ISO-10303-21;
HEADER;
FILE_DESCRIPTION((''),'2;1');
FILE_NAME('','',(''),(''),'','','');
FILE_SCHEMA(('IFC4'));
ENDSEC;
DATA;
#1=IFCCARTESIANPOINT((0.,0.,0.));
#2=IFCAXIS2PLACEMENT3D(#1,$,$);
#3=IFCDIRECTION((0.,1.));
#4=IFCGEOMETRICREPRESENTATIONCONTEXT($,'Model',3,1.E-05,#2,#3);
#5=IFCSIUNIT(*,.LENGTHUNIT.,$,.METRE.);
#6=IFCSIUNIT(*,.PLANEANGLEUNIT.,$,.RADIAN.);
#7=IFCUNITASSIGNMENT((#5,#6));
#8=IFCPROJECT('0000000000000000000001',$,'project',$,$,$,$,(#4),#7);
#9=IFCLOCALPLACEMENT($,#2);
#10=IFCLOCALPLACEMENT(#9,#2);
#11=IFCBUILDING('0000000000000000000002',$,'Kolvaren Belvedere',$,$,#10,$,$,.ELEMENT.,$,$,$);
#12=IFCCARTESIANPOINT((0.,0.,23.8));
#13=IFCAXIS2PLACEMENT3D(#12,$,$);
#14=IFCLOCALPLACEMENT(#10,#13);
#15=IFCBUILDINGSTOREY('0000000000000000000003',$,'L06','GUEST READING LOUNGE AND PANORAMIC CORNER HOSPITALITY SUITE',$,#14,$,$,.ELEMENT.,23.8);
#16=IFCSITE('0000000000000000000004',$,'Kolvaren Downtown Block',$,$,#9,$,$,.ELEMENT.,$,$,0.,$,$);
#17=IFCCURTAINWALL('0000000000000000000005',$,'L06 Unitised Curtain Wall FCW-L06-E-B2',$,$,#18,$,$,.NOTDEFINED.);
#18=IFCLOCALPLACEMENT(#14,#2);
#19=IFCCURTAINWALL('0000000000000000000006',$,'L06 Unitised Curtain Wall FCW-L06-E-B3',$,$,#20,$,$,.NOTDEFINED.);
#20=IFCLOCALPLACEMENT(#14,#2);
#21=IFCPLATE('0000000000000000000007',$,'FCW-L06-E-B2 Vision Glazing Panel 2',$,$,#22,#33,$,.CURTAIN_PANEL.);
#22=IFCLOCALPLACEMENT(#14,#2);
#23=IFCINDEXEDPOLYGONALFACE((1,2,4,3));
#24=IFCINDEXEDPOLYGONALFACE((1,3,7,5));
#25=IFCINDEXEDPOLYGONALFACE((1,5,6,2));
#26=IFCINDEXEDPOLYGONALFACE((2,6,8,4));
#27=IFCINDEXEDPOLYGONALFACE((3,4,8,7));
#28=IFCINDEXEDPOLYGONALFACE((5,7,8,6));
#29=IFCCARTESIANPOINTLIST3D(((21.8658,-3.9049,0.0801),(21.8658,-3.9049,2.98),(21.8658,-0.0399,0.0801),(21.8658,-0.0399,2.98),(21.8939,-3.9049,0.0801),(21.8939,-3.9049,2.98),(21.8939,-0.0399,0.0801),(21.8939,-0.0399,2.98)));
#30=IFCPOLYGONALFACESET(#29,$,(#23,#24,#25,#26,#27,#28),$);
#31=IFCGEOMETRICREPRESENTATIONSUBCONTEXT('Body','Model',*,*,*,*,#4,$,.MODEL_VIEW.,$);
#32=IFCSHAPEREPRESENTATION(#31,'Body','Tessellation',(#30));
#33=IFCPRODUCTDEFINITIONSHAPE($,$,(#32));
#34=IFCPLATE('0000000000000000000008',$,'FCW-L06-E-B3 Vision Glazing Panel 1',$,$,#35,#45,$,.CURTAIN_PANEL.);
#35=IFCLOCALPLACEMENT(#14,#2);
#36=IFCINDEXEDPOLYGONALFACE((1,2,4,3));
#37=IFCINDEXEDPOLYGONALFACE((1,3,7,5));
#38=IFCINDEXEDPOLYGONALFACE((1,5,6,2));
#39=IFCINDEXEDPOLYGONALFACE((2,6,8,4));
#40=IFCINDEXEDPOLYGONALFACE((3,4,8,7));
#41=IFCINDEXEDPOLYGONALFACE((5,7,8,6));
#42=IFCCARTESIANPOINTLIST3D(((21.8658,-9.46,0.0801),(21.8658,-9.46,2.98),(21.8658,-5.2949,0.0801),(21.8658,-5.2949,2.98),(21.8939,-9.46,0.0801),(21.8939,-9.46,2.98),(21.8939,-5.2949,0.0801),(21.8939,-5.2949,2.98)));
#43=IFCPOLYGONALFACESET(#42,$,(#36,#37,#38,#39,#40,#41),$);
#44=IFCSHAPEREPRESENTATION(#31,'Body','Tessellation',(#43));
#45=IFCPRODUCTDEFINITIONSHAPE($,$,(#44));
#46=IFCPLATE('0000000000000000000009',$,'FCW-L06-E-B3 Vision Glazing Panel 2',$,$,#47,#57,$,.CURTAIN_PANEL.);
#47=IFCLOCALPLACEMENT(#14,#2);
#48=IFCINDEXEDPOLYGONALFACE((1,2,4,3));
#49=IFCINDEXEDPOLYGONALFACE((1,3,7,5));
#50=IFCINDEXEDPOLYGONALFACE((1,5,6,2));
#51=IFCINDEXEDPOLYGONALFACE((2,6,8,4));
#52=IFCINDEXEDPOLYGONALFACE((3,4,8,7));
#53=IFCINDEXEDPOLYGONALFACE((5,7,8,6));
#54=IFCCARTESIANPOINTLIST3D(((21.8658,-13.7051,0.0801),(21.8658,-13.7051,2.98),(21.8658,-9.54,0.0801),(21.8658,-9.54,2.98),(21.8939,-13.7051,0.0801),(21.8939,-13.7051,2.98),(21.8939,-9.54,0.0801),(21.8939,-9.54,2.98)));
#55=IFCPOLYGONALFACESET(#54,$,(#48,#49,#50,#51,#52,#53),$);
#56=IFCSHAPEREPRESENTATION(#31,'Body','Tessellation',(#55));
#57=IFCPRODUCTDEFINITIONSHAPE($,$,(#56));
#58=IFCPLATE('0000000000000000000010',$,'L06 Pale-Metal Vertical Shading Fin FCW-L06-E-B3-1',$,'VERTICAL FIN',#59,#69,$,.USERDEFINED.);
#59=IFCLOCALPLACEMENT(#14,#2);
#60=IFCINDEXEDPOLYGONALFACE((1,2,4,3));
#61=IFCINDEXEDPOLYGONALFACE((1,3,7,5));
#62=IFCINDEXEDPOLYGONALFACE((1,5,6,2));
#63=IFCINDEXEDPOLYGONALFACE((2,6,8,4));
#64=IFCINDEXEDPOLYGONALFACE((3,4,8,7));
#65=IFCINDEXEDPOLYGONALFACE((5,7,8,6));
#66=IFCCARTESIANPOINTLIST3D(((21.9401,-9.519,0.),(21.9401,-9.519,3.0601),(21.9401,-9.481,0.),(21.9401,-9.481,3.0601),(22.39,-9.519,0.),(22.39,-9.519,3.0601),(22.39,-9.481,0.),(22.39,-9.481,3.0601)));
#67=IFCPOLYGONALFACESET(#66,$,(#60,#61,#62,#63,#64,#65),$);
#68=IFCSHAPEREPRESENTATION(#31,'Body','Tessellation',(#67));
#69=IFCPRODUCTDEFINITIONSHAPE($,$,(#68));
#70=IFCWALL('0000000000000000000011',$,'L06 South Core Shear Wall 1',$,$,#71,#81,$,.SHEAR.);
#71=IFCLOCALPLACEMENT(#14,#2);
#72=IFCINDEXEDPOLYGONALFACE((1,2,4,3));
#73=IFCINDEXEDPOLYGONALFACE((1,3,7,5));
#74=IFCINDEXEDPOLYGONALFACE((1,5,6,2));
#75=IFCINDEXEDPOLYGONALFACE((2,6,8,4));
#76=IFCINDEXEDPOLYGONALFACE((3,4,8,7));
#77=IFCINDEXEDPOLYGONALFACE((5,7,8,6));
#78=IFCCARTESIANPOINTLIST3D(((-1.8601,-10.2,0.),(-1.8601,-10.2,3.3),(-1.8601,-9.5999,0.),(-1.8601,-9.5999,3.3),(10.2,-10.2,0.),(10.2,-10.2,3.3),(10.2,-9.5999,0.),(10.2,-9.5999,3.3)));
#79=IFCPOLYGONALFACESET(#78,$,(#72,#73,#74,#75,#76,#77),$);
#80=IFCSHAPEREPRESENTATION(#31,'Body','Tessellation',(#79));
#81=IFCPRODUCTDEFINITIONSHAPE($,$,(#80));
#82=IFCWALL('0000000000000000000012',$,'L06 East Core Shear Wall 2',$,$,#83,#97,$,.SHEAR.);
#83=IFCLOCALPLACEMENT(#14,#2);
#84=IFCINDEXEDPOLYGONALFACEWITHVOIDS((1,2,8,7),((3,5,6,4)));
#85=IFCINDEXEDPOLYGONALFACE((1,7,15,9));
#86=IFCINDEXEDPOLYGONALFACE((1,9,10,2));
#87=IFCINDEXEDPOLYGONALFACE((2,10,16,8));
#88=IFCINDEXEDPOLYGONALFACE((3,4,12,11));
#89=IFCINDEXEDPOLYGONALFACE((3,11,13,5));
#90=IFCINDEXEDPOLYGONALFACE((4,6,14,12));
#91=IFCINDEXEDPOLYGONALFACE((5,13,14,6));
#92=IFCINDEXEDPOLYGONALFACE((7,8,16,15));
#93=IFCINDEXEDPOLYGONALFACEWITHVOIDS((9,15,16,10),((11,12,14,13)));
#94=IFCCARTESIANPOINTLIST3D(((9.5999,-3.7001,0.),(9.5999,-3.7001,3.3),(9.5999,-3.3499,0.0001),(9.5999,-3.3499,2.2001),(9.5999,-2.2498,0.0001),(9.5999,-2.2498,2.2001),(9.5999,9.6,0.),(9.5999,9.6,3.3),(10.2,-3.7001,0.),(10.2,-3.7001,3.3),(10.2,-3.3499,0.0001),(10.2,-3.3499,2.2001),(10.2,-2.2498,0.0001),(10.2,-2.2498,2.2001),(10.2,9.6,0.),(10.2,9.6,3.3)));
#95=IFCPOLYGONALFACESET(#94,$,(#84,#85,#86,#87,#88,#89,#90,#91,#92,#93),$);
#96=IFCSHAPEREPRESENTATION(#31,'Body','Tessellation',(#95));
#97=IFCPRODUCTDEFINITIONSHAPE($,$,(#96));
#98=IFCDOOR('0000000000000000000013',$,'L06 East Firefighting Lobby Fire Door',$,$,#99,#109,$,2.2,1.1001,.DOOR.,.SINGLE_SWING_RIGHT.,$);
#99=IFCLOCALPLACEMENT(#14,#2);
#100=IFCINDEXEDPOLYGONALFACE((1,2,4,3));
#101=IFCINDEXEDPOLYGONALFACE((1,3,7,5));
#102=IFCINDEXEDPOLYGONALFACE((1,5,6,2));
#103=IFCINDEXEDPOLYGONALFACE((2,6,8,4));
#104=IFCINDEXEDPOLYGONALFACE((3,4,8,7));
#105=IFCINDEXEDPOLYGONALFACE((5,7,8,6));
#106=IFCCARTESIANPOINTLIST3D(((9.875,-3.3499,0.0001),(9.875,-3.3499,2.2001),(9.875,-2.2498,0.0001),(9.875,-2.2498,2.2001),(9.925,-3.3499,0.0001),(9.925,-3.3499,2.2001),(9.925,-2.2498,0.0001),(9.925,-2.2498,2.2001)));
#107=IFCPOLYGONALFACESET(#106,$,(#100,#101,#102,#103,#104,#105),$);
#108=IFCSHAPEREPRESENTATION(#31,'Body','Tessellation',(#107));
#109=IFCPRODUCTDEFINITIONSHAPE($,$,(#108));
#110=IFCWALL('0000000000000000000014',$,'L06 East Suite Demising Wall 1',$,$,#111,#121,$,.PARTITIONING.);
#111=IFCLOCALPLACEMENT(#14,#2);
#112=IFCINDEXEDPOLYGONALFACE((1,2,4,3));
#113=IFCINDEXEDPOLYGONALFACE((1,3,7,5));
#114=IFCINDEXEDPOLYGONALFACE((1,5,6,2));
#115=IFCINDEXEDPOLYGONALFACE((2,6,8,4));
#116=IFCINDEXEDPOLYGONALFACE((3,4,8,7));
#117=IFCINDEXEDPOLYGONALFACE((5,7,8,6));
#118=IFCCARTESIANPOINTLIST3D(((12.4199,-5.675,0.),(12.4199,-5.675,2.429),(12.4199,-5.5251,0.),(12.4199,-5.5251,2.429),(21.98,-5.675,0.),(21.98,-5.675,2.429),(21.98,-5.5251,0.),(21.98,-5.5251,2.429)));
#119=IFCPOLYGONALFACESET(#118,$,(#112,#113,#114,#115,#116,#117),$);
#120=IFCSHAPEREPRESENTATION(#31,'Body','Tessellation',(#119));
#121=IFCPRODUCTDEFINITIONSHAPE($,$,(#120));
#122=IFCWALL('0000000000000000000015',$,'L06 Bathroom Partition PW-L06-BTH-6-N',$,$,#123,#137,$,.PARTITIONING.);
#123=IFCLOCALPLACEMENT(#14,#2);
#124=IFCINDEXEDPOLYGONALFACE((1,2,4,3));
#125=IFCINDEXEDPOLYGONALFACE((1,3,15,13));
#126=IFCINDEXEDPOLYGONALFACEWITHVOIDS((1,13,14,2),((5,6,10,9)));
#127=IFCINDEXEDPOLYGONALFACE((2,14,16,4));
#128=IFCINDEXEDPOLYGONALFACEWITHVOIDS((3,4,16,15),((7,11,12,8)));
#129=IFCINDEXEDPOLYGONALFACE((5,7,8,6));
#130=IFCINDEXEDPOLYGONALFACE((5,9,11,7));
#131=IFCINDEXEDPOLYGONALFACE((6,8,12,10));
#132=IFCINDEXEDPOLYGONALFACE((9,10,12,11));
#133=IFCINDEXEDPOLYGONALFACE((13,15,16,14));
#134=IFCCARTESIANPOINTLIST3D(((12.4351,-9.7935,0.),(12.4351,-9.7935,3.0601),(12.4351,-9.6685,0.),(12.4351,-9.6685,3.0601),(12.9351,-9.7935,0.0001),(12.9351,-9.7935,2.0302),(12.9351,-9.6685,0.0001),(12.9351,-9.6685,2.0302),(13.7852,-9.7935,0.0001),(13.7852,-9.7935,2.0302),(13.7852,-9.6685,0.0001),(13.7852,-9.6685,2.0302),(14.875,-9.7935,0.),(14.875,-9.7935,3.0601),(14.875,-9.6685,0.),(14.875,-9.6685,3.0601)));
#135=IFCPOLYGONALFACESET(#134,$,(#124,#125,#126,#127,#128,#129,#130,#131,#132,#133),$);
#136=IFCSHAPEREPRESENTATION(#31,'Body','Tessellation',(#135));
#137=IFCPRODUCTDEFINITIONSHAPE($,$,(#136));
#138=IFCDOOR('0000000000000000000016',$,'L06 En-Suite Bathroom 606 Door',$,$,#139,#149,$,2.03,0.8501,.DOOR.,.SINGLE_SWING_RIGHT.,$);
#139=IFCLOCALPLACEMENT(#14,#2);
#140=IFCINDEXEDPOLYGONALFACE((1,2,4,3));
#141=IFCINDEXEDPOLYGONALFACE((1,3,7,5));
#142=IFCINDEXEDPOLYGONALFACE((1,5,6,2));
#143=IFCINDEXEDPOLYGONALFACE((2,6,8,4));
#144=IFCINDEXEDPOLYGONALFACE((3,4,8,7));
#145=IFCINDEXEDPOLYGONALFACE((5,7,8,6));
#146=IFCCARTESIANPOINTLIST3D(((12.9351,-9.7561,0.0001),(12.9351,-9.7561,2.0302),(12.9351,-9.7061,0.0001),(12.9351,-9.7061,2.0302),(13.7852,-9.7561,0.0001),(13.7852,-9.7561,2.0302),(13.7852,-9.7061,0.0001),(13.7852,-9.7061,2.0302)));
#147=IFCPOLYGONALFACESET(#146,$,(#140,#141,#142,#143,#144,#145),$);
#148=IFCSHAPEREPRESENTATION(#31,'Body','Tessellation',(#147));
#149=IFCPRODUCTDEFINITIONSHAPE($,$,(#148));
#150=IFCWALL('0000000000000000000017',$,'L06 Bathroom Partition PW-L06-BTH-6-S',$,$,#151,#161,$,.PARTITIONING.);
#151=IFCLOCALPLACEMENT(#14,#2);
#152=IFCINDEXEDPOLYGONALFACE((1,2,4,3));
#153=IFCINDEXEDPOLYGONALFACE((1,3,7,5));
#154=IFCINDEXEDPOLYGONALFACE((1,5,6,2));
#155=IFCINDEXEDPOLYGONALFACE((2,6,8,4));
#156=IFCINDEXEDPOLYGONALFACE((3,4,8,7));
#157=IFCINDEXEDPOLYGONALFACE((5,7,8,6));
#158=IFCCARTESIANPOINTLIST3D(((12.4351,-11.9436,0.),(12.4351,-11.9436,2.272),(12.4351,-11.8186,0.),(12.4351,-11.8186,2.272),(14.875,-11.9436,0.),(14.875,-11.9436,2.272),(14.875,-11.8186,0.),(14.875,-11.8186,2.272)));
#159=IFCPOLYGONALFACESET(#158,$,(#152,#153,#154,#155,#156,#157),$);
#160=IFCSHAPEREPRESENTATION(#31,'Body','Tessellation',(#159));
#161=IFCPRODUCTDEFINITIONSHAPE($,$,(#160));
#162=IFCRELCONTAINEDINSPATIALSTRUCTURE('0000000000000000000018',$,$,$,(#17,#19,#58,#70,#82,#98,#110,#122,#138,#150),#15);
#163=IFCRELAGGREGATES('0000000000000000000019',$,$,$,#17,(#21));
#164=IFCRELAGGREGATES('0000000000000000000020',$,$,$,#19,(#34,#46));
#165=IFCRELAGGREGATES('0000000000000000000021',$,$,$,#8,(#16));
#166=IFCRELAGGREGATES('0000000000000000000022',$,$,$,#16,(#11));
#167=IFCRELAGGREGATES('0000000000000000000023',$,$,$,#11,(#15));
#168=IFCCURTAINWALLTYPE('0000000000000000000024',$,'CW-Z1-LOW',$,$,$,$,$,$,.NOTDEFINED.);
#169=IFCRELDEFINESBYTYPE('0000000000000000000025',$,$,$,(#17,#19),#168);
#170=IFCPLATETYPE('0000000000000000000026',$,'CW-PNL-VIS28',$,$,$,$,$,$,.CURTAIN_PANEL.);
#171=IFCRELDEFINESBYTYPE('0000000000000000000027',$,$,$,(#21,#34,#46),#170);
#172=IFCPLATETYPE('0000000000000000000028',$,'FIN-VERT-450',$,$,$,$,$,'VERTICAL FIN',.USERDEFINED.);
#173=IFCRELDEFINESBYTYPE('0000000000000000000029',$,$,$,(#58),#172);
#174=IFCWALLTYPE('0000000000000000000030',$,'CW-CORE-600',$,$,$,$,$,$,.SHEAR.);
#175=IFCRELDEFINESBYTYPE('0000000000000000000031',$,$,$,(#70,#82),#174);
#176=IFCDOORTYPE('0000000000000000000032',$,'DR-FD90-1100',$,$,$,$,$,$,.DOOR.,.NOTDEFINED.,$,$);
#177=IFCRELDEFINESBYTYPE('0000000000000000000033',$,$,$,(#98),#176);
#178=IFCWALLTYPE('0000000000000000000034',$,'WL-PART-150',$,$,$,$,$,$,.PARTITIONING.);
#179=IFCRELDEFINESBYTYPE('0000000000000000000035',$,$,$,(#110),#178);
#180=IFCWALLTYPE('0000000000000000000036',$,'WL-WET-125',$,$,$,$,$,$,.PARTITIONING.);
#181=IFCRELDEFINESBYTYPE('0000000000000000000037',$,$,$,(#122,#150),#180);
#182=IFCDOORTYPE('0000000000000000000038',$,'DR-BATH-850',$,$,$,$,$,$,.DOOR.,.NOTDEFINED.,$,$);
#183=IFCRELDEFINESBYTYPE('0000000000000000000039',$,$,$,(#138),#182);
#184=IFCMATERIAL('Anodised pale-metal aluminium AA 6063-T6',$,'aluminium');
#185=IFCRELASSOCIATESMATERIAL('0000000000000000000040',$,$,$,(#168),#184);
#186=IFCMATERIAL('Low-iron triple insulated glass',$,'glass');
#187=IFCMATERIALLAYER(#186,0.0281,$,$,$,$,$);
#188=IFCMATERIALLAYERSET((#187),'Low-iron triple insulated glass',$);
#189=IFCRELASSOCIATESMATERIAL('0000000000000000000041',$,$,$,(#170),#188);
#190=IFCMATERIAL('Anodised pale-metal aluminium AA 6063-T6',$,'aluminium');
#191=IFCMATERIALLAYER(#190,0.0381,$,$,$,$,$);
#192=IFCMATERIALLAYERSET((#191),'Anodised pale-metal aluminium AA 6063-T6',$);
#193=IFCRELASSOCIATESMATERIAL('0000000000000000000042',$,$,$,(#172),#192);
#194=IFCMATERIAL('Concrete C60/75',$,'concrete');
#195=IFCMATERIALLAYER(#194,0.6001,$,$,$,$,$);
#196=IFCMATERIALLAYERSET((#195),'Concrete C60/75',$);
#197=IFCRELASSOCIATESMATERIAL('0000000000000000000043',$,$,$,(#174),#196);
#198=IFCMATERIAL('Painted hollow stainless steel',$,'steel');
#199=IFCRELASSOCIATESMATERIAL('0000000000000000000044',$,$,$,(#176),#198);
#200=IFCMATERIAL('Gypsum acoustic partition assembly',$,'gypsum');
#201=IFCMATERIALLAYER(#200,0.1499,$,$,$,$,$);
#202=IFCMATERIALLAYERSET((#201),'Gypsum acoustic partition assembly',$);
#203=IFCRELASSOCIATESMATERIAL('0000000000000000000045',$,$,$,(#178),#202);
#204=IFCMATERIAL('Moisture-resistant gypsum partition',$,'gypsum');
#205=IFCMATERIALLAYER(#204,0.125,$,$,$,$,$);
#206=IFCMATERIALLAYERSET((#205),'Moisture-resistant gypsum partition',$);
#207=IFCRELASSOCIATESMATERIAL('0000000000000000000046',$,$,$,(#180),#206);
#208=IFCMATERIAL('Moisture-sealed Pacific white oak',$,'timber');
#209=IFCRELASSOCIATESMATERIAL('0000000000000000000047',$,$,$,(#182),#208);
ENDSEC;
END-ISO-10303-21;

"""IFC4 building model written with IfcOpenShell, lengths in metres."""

from ifc_helpers import new_model, si_unit, direction, frame, frame_2d, origin, origin_2d, place, context, subcontext, project, spatial, rectangle, extrude, material, layer, layer_set, type_object, element, fill, aggregate, save


model = new_model("IFC4")

# Units and contexts
model_context = context("Model", 3, precision=1e-05, world=origin(), true_north=direction((0.0, 1.0)))
body_context = subcontext(model_context, "Body", "Model", "MODEL_VIEW")
ifc_project = project(units=[si_unit("LENGTHUNIT", "METRE"), si_unit("PLANEANGLEUNIT", "RADIAN")], contexts=[model_context])

# Site, building, storey
site_placement = place(None, origin())
site = spatial("IfcSite", under=ifc_project, at=site_placement, Name="Kolvaren Downtown Block", CompositionType="ELEMENT", RefElevation=0.0)
building_placement = place(site_placement, origin())
building = spatial("IfcBuilding", under=site, at=building_placement, Name="Kolvaren Belvedere", CompositionType="ELEMENT")
storey_placement = place(building_placement, frame((0.0, 0.0, 23.8)))
storey = spatial("IfcBuildingStorey", under=building, at=storey_placement, Name="L06", Description="GUEST READING LOUNGE AND PANORAMIC CORNER HOSPITALITY SUITE", CompositionType="ELEMENT", Elevation=23.8)

# Curtain wall
ifc_material_1 = material(Name="Anodised pale-metal aluminium AA 6063-T6", Category="aluminium")
curtain_wall_type = type_object("IfcCurtainWallType", Name="CW-Z1-LOW", PredefinedType="NOTDEFINED", material=ifc_material_1)
curtain_wall_1_placement = place(storey_placement, origin())
curtain_wall_1 = element("IfcCurtainWall", 1, at=curtain_wall_1_placement, inside=storey, type_object=curtain_wall_type, Name="L06 Unitised Curtain Wall FCW-L06-E-B2", PredefinedType="NOTDEFINED")

# Curtain wall
curtain_wall_2_placement = place(storey_placement, origin())
curtain_wall_2 = element("IfcCurtainWall", 2, at=curtain_wall_2_placement, inside=storey, type_object=curtain_wall_type, Name="L06 Unitised Curtain Wall FCW-L06-E-B3", PredefinedType="NOTDEFINED")

# Plates
ifc_material_2 = material(Name="Low-iron triple insulated glass", Category="glass")
ifc_layer_1 = layer(ifc_material_2, 0.0281)
ifc_layer_set_1 = layer_set([ifc_layer_1], Name="Low-iron triple insulated glass")
plate_type_1 = type_object("IfcPlateType", Name="CW-PNL-VIS28", PredefinedType="CURTAIN_PANEL", material=ifc_layer_set_1)
plate_1_placement = place(storey_placement, frame((21.8799, -1.9724, 0.0801), z_axis=(0.0, 0.0, 1.0), x_axis=(0.0, -1.0, 0.0)))
plate_1 = element("IfcPlate", 3, at=plate_1_placement, type_object=plate_type_1, Name="FCW-L06-E-B2 Vision Glazing Panel 2", PredefinedType="CURTAIN_PANEL", context=body_context, shape_type="SweptSolid", body=[
    extrude(rectangle(XDim=3.865, YDim=0.0281, at=origin_2d()), origin(), (0.0, 0.0, 1.0), 2.8999),
])
aggregate(curtain_wall_1, [plate_1])
plate_2_placement = place(storey_placement, frame((21.8799, -7.3774, 0.0801), z_axis=(0.0, 0.0, 1.0), x_axis=(0.0, -1.0, 0.0)))
plate_2 = element("IfcPlate", 4, at=plate_2_placement, type_object=plate_type_1, Name="FCW-L06-E-B3 Vision Glazing Panel 1", PredefinedType="CURTAIN_PANEL", context=body_context, shape_type="SweptSolid", body=[
    extrude(rectangle(XDim=4.165, YDim=0.0281, at=origin_2d()), origin(), (0.0, 0.0, 1.0), 2.8999),
])
plate_3_placement = place(storey_placement, frame((21.8799, -11.6226, 0.0801), z_axis=(0.0, 0.0, 1.0), x_axis=(0.0, -1.0, 0.0)))
plate_3 = element("IfcPlate", 5, at=plate_3_placement, type_object=plate_type_1, Name="FCW-L06-E-B3 Vision Glazing Panel 2", PredefinedType="CURTAIN_PANEL", context=body_context, shape_type="SweptSolid", body=[
    extrude(rectangle(XDim=4.165, YDim=0.0281, at=origin_2d()), origin(), (0.0, 0.0, 1.0), 2.8999),
])
aggregate(curtain_wall_2, [plate_2, plate_3])
ifc_material_3 = material(Name="Anodised pale-metal aluminium AA 6063-T6", Category="aluminium")
ifc_layer_2 = layer(ifc_material_3, 0.0381)
ifc_layer_set_2 = layer_set([ifc_layer_2], Name="Anodised pale-metal aluminium AA 6063-T6")
plate_type_2 = type_object("IfcPlateType", Name="FIN-VERT-450", ElementType="VERTICAL FIN", PredefinedType="USERDEFINED", material=ifc_layer_set_2)
plate_4_placement = place(storey_placement, frame((22.165, -9.5, 0.0), z_axis=(0.0, 0.0, 1.0), x_axis=(1.0, 0.0, 0.0)))
element("IfcPlate", 6, at=plate_4_placement, inside=storey, type_object=plate_type_2, Name="L06 Pale-Metal Vertical Shading Fin FCW-L06-E-B3-1", ObjectType="VERTICAL FIN", PredefinedType="USERDEFINED", context=body_context, shape_type="SweptSolid", body=[
    extrude(rectangle(XDim=0.45, YDim=0.0381, at=origin_2d()), origin(), (0.0, 0.0, 1.0), 3.0601),
])

# Wall
ifc_material_4 = material(Name="Concrete C60/75", Category="concrete")
ifc_layer_3 = layer(ifc_material_4, 0.6001)
ifc_layer_set_3 = layer_set([ifc_layer_3], Name="Concrete C60/75")
wall_type_1 = type_object("IfcWallType", Name="CW-CORE-600", PredefinedType="SHEAR", material=ifc_layer_set_3)
wall_1_placement = place(storey_placement, frame((10.2, -9.8999, 0.0), z_axis=(0.0, 0.0, 1.0), x_axis=(-1.0, 0.0, 0.0)))
element("IfcWall", 7, at=wall_1_placement, inside=storey, type_object=wall_type_1, Name="L06 South Core Shear Wall 1", PredefinedType="SHEAR", context=body_context, shape_type="SweptSolid", body=[
    extrude(rectangle(XDim=12.0601, YDim=0.6001, at=frame_2d((6.03, 0.0))), origin(), (0.0, 0.0, 1.0), 3.3),
])

# Wall, opening, door
wall_2_placement = place(storey_placement, frame((9.8999, -3.7, 0.0), z_axis=(0.0, 0.0, 1.0), x_axis=(0.0, 1.0, 0.0)))
wall_2 = element("IfcWall", 8, at=wall_2_placement, inside=storey, type_object=wall_type_1, Name="L06 East Core Shear Wall 2", PredefinedType="SHEAR", context=body_context, shape_type="SweptSolid", body=[
    extrude(rectangle(XDim=13.3, YDim=0.6001, at=frame_2d((6.6499, 0.0))), origin(), (0.0, 0.0, 1.0), 3.3),
])
opening_1_placement = place(wall_2_placement, frame((0.3501, 0.0, 0.0)))
opening_1 = element("IfcOpeningElement", 9, at=opening_1_placement, cuts=wall_2, PredefinedType="OPENING", context=body_context, shape_type="SweptSolid", body=[
    extrude(rectangle(XDim=1.1001, YDim=2.2, at=frame_2d((0.55, 1.1001))), frame((0.0, 0.3101, 0.0), z_axis=(0.0, -1.0, 0.0), x_axis=(1.0, 0.0, 0.0)), (0.0, 0.0, 1.0), 0.6201),
])
ifc_material_5 = material(Name="Painted hollow stainless steel", Category="steel")
door_type_1 = type_object("IfcDoorType", Name="DR-FD90-1100", OperationType="NOTDEFINED", PredefinedType="DOOR", material=ifc_material_5)
door_1_placement = place(opening_1_placement, origin())
door_1 = element("IfcDoor", 10, at=door_1_placement, inside=storey, type_object=door_type_1, Name="L06 East Firefighting Lobby Fire Door", OperationType="SINGLE_SWING_RIGHT", OverallHeight=2.2, OverallWidth=1.1001, PredefinedType="DOOR", context=body_context, shape_type="SweptSolid", body=[
    extrude(rectangle(XDim=1.1001, YDim=2.2, at=frame_2d((0.55, 1.1001))), frame((0.0, 0.0249, 0.0), z_axis=(0.0, -1.0, 0.0), x_axis=(1.0, 0.0, 0.0)), (0.0, 0.0, 1.0), 0.05),
])
fill(opening_1, door_1)

# Wall
ifc_material_6 = material(Name="Gypsum acoustic partition assembly", Category="gypsum")
ifc_layer_4 = layer(ifc_material_6, 0.1499)
ifc_layer_set_4 = layer_set([ifc_layer_4], Name="Gypsum acoustic partition assembly")
wall_type_2 = type_object("IfcWallType", Name="WL-PART-150", PredefinedType="PARTITIONING", material=ifc_layer_set_4)
wall_3_placement = place(storey_placement, frame((12.4199, -5.6001, 0.0), z_axis=(0.0, 0.0, 1.0), x_axis=(1.0, 0.0, 0.0)))
element("IfcWall", 11, at=wall_3_placement, inside=storey, type_object=wall_type_2, Name="L06 East Suite Demising Wall 1", PredefinedType="PARTITIONING", context=body_context, shape_type="SweptSolid", body=[
    extrude(rectangle(XDim=9.5601, YDim=0.1499, at=frame_2d((4.78, 0.0))), origin(), (0.0, 0.0, 1.0), 2.429),
])

# Wall, opening, door
ifc_material_7 = material(Name="Moisture-resistant gypsum partition", Category="gypsum")
ifc_layer_5 = layer(ifc_material_7, 0.125)
ifc_layer_set_5 = layer_set([ifc_layer_5], Name="Moisture-resistant gypsum partition")
wall_type_3 = type_object("IfcWallType", Name="WL-WET-125", PredefinedType="PARTITIONING", material=ifc_layer_set_5)
wall_4_placement = place(storey_placement, frame((12.4351, -9.731, 0.0), z_axis=(0.0, 0.0, 1.0), x_axis=(1.0, 0.0, 0.0)))
wall_4 = element("IfcWall", 12, at=wall_4_placement, inside=storey, type_object=wall_type_3, Name="L06 Bathroom Partition PW-L06-BTH-6-N", PredefinedType="PARTITIONING", context=body_context, shape_type="SweptSolid", body=[
    extrude(rectangle(XDim=2.4399, YDim=0.125, at=frame_2d((1.22, 0.0))), origin(), (0.0, 0.0, 1.0), 3.0601),
])
opening_2_placement = place(wall_4_placement, frame((0.5, 0.0, 0.0)))
opening_2 = element("IfcOpeningElement", 13, at=opening_2_placement, cuts=wall_4, PredefinedType="OPENING", context=body_context, shape_type="SweptSolid", body=[
    extrude(rectangle(XDim=0.8501, YDim=2.03, at=frame_2d((0.425, 1.0151))), frame((0.0, 0.0725, 0.0), z_axis=(0.0, -1.0, 0.0), x_axis=(1.0, 0.0, 0.0)), (0.0, 0.0, 1.0), 0.145),
])
ifc_material_8 = material(Name="Moisture-sealed Pacific white oak", Category="timber")
door_type_2 = type_object("IfcDoorType", Name="DR-BATH-850", OperationType="NOTDEFINED", PredefinedType="DOOR", material=ifc_material_8)
door_2_placement = place(opening_2_placement, origin())
door_2 = element("IfcDoor", 14, at=door_2_placement, inside=storey, type_object=door_type_2, Name="L06 En-Suite Bathroom 606 Door", OperationType="SINGLE_SWING_RIGHT", OverallHeight=2.03, OverallWidth=0.8501, PredefinedType="DOOR", context=body_context, shape_type="SweptSolid", body=[
    extrude(rectangle(XDim=0.8501, YDim=2.03, at=frame_2d((0.425, 1.0151))), frame((0.0, 0.0249, 0.0), z_axis=(0.0, -1.0, 0.0), x_axis=(1.0, 0.0, 0.0)), (0.0, 0.0, 1.0), 0.05),
])
fill(opening_2, door_2)

# Wall
wall_5_placement = place(storey_placement, frame((12.4351, -11.8811, 0.0), z_axis=(0.0, 0.0, 1.0), x_axis=(1.0, 0.0, 0.0)))
element("IfcWall", 15, at=wall_5_placement, inside=storey, type_object=wall_type_3, Name="L06 Bathroom Partition PW-L06-BTH-6-S", PredefinedType="PARTITIONING", context=body_context, shape_type="SweptSolid", body=[
    extrude(rectangle(XDim=2.4399, YDim=0.125, at=frame_2d((1.22, 0.0))), origin(), (0.0, 0.0, 1.0), 2.272),
])

save(model, "model.ifc")
